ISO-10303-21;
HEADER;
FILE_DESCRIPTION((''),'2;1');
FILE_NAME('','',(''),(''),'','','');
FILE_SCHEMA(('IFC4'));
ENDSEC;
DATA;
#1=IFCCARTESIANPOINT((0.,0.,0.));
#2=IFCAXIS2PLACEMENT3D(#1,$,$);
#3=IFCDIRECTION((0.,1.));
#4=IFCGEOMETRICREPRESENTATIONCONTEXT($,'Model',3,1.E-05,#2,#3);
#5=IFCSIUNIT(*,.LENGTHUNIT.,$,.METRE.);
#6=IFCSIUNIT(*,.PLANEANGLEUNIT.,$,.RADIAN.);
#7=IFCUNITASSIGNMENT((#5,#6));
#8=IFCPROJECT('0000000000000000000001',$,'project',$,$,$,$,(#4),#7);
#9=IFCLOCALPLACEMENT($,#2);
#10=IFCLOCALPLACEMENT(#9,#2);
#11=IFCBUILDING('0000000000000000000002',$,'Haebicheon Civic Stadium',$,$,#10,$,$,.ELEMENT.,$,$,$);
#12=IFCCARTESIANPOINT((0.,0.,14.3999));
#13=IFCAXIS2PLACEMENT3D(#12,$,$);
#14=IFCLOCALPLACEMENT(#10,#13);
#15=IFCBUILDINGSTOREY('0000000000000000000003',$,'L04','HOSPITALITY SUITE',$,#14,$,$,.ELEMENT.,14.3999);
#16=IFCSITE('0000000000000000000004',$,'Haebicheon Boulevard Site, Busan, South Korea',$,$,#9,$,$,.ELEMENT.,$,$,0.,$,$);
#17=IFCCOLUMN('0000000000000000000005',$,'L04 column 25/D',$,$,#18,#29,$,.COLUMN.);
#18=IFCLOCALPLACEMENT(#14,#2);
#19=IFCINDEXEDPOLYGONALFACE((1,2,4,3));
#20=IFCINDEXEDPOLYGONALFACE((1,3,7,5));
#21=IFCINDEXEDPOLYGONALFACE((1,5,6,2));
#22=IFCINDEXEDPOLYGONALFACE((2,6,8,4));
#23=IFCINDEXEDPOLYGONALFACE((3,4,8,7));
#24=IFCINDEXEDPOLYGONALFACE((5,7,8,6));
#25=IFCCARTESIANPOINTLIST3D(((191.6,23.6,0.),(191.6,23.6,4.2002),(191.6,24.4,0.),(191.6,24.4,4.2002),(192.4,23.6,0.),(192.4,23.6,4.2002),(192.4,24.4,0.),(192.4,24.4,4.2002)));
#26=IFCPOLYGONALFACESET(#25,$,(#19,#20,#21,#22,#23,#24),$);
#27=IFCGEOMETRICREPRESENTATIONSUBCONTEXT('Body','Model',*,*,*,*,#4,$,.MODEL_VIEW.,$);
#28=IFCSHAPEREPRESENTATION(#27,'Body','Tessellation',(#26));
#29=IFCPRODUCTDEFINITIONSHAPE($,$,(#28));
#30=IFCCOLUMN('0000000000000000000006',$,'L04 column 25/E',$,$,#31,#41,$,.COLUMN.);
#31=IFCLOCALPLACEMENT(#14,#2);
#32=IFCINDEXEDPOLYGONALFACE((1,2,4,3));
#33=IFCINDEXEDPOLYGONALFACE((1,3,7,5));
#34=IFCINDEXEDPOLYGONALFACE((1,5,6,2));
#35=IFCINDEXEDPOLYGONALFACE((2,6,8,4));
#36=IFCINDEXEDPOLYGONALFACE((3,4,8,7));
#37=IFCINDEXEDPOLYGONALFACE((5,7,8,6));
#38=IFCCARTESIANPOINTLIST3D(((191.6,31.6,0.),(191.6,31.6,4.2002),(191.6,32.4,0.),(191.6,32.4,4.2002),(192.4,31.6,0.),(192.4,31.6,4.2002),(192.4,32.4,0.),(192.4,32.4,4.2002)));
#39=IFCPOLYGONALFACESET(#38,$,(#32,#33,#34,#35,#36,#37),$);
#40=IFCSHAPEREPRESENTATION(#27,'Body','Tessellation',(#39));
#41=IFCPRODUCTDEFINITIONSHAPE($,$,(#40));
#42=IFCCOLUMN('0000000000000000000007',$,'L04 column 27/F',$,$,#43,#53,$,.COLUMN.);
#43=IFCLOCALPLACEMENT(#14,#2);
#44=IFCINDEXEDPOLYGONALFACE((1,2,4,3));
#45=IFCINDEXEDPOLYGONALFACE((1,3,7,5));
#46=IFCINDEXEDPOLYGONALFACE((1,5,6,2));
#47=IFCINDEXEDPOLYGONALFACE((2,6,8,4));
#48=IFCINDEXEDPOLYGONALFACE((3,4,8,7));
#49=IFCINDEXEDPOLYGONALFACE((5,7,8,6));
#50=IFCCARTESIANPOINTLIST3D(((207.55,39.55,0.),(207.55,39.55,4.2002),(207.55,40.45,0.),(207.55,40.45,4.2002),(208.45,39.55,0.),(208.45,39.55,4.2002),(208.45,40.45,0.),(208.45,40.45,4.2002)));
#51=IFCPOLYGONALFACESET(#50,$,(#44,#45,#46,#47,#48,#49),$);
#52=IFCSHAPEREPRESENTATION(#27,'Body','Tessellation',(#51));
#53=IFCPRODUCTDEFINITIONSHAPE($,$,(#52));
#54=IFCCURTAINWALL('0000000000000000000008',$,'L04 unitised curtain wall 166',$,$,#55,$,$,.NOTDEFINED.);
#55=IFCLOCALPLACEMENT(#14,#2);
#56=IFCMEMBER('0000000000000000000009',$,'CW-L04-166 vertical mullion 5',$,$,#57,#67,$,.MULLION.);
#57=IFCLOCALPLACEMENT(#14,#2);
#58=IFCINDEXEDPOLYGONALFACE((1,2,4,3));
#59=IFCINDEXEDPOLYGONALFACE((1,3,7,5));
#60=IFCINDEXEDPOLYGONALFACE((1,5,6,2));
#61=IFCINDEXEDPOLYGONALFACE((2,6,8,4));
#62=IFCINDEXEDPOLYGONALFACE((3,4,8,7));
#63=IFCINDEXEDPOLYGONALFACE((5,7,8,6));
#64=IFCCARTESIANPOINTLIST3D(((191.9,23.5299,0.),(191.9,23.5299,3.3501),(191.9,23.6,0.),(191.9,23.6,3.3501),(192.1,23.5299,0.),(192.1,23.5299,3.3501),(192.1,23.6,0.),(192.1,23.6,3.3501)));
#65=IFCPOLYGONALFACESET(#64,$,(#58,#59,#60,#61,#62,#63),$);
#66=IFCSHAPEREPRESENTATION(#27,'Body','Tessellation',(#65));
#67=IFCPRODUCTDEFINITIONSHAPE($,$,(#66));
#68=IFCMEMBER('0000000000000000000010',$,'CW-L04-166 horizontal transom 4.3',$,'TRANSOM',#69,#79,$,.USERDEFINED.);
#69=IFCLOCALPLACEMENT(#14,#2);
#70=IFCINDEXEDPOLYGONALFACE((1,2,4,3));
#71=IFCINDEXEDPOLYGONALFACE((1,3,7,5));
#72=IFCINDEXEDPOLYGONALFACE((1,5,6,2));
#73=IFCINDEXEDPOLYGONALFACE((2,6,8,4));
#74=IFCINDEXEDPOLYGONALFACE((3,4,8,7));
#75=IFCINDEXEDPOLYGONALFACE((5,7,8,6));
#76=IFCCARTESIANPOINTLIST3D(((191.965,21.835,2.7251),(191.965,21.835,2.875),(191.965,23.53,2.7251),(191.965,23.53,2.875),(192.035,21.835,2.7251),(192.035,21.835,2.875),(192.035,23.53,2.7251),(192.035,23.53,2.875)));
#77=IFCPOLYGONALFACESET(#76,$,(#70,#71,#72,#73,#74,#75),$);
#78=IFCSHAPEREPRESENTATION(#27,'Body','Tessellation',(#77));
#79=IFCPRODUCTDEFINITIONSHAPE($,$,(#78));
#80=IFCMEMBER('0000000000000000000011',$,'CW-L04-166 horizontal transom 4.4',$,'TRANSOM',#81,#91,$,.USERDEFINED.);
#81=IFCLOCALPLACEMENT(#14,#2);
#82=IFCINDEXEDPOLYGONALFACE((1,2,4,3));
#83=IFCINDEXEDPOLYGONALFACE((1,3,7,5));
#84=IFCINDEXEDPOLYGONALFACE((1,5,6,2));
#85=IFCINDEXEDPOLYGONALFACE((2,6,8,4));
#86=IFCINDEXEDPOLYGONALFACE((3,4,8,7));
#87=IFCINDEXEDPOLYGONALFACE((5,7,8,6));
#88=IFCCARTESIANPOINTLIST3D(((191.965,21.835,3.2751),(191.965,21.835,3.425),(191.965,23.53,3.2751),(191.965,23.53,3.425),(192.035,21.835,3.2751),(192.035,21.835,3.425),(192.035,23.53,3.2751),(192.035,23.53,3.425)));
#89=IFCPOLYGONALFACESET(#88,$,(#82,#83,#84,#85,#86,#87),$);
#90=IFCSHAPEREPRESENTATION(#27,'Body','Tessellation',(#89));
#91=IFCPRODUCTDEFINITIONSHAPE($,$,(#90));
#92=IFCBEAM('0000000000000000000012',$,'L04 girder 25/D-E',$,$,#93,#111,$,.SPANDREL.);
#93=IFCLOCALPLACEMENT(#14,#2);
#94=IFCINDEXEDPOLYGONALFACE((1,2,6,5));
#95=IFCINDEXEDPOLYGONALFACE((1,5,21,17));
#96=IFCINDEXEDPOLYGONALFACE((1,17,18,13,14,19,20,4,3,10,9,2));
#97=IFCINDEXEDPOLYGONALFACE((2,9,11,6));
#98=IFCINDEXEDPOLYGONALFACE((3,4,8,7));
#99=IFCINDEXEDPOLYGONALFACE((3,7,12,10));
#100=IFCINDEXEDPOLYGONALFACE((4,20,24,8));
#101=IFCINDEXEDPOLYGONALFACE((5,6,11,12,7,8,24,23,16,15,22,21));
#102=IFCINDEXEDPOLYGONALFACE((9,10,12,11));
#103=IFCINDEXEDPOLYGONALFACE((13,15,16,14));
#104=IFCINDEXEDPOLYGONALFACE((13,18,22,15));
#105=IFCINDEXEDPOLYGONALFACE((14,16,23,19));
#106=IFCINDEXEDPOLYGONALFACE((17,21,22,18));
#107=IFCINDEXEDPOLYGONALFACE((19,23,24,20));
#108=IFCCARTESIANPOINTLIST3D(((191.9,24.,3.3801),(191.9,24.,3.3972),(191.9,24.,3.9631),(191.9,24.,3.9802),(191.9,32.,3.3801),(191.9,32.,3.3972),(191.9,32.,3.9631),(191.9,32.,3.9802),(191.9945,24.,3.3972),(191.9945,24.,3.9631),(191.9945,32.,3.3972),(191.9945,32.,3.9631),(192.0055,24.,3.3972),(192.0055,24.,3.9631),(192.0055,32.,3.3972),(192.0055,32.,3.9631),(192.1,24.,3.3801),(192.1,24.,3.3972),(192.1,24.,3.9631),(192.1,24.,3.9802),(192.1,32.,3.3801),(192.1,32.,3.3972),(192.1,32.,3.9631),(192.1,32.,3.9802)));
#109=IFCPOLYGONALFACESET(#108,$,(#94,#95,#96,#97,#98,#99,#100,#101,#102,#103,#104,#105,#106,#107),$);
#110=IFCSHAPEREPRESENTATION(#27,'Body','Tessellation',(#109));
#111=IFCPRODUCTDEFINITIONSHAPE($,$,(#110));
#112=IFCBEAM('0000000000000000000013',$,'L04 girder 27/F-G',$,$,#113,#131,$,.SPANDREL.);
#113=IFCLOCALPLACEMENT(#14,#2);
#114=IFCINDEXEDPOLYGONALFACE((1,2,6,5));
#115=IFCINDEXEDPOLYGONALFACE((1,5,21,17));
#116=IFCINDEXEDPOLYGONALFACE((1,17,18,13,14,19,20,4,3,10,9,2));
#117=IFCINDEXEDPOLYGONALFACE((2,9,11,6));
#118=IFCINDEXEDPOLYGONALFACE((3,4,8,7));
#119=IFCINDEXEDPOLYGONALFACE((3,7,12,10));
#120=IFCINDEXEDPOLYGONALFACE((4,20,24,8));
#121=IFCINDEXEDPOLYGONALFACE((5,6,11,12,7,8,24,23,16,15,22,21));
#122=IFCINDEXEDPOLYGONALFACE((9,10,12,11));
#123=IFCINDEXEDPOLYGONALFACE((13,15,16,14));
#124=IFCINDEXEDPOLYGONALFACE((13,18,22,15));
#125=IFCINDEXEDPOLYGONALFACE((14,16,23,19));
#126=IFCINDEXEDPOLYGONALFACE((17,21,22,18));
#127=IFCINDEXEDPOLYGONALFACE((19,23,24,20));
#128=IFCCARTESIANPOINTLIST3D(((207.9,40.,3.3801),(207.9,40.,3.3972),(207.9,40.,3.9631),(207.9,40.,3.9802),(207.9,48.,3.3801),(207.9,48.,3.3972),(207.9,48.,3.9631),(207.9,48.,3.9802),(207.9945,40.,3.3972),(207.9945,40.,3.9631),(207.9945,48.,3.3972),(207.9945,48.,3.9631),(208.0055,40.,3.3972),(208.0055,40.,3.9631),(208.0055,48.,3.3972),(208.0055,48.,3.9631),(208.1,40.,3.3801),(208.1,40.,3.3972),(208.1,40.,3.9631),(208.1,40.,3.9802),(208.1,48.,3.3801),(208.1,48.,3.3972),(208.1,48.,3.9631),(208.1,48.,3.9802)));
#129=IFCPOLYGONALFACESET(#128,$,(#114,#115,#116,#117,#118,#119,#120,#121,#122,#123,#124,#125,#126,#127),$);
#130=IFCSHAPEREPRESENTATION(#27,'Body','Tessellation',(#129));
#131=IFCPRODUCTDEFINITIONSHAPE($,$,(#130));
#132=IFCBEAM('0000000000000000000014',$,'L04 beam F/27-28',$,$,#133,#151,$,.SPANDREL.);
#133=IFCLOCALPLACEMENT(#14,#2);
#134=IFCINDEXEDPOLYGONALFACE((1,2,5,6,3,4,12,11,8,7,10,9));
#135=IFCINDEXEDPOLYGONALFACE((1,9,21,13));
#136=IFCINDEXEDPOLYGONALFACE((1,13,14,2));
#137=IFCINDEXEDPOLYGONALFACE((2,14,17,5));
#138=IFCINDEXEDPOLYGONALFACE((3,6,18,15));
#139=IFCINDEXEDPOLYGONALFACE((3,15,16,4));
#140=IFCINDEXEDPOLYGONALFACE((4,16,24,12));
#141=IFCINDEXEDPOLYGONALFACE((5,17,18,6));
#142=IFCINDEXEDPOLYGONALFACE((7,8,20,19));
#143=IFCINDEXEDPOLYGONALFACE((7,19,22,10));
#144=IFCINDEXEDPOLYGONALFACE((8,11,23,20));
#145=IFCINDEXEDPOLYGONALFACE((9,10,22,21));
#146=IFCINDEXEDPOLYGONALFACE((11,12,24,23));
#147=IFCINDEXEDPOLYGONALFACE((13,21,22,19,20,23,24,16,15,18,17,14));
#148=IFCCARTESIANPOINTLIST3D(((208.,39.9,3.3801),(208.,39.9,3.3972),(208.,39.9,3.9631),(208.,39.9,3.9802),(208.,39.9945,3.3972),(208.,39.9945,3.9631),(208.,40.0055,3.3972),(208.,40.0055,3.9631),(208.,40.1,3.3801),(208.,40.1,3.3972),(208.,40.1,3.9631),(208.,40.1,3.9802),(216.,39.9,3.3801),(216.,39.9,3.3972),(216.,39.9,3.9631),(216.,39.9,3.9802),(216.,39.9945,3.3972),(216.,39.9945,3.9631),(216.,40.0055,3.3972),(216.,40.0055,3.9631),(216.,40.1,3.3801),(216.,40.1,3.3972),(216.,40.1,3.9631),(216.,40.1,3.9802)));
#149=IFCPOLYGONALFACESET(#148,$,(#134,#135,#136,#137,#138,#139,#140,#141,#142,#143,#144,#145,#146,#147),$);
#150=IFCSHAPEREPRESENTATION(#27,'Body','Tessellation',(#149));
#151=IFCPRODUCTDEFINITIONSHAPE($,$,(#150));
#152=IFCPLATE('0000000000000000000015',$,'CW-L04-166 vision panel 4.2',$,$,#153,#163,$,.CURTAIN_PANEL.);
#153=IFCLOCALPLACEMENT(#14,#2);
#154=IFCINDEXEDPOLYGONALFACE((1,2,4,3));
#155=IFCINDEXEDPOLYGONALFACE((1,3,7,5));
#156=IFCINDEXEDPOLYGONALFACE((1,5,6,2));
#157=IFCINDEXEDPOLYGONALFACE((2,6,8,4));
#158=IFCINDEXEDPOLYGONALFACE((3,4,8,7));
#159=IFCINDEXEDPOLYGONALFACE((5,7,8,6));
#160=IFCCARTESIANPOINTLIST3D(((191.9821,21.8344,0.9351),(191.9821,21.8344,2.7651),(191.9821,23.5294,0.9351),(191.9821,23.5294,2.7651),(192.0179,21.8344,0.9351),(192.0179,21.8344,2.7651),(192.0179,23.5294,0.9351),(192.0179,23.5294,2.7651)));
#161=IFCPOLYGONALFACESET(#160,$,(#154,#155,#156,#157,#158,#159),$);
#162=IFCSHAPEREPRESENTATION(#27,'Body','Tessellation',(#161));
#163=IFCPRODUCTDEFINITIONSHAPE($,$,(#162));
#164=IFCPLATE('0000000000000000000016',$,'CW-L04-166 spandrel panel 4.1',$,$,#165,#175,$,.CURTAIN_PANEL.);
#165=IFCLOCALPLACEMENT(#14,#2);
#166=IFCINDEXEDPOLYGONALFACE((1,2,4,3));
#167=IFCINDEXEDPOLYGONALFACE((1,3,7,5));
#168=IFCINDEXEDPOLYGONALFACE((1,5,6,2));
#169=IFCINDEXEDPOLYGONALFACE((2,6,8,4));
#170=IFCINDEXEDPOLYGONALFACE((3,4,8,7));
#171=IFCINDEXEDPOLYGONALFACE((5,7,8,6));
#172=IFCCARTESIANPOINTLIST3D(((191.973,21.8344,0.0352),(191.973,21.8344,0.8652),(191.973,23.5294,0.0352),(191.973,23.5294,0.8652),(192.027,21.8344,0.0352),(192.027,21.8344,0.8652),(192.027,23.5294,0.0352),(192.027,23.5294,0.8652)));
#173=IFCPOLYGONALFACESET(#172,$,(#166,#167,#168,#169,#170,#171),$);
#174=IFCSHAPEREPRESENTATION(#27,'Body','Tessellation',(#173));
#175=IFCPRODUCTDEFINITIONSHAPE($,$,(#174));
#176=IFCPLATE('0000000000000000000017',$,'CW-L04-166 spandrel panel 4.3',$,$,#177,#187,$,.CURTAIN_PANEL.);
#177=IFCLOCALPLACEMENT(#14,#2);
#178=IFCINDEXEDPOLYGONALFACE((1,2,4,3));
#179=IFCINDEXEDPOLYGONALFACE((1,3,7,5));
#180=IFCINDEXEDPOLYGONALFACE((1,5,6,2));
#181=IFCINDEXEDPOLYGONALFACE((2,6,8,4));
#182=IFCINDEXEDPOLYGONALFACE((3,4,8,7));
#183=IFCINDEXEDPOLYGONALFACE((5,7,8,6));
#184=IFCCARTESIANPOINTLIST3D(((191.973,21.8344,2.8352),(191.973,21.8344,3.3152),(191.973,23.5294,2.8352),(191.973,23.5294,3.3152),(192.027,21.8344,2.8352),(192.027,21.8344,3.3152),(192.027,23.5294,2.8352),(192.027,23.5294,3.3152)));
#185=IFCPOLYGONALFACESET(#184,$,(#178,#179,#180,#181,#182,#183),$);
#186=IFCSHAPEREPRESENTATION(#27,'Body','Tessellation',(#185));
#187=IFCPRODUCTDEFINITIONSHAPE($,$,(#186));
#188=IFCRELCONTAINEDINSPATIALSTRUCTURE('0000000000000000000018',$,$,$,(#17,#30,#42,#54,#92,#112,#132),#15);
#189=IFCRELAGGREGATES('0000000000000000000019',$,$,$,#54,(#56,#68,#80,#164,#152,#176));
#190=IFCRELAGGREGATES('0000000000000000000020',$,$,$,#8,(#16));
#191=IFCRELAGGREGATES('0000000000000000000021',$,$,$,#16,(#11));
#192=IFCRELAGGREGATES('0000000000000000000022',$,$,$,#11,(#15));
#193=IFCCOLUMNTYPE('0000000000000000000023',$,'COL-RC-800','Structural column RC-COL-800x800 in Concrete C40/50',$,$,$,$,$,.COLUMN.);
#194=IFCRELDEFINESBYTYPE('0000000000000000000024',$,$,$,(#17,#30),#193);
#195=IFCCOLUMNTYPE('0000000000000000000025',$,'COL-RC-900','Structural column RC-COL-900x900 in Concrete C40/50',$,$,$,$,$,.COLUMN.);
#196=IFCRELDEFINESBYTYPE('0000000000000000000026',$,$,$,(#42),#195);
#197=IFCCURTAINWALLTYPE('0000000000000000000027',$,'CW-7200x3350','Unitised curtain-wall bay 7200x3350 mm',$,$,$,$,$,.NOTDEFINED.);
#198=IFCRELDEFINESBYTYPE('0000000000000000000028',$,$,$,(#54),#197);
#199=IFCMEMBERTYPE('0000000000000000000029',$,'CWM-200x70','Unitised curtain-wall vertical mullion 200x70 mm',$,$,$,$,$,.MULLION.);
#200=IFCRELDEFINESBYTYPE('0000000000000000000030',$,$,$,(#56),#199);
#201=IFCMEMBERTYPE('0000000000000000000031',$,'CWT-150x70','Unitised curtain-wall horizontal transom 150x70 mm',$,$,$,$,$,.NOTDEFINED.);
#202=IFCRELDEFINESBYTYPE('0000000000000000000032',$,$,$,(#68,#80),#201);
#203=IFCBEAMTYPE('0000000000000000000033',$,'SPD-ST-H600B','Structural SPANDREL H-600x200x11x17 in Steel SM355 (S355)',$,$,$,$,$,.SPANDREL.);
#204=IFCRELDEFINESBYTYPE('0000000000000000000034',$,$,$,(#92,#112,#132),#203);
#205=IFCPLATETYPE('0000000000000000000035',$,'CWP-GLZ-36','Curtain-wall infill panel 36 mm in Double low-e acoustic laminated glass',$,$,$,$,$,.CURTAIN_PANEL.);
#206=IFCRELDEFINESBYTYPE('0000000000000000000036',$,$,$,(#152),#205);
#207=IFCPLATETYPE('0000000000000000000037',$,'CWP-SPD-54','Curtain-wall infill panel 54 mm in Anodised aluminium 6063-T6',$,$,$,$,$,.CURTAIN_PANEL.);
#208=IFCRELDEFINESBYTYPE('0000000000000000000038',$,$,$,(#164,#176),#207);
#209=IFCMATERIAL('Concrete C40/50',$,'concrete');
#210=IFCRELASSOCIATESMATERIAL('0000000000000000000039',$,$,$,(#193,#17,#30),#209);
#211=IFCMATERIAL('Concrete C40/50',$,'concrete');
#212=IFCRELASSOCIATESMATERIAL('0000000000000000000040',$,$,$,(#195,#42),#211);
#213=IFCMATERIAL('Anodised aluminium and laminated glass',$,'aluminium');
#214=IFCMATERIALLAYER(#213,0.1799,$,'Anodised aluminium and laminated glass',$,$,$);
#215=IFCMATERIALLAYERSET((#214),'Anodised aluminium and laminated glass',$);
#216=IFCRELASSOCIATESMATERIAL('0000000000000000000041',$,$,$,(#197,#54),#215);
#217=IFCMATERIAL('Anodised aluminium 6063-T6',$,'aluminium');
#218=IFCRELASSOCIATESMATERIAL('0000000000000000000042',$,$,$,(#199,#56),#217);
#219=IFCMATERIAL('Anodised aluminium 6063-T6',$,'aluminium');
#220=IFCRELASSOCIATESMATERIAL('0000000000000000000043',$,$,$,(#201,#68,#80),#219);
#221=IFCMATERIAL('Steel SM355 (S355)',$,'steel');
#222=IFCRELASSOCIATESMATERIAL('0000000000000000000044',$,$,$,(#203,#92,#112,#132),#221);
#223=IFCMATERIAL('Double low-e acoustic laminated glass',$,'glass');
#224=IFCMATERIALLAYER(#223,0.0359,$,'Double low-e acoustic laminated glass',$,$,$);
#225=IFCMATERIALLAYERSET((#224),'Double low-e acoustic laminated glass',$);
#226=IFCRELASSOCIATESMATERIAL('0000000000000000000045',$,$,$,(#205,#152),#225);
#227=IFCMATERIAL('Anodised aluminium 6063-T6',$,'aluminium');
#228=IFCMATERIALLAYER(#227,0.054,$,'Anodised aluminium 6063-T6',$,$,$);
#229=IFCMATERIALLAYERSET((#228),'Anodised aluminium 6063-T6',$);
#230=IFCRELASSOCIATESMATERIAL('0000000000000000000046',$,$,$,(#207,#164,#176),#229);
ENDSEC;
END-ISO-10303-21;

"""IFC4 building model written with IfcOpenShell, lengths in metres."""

from ifc_helpers import new_model, si_unit, direction, frame, origin, origin_2d, place, context, subcontext, project, spatial, rectangle, i_section, extrude, material, layer, layer_set, material_profile, profile_set, type_object, element, aggregate, save


model = new_model("IFC4")

# Units and contexts
model_context = context("Model", 3, precision=1e-05, world=origin(), true_north=direction((0.0, 1.0)))
body_context = subcontext(model_context, "Body", "Model", "MODEL_VIEW")
ifc_project = project(units=[si_unit("LENGTHUNIT", "METRE"), si_unit("PLANEANGLEUNIT", "RADIAN")], contexts=[model_context])

# Site, building, storey
site_placement = place(None, origin())
site = spatial("IfcSite", under=ifc_project, at=site_placement, Name="Haebicheon Boulevard Site, Busan, South Korea", CompositionType="ELEMENT", RefElevation=0.0)
building_placement = place(site_placement, origin())
building = spatial("IfcBuilding", under=site, at=building_placement, Name="Haebicheon Civic Stadium", CompositionType="ELEMENT")
storey_placement = place(building_placement, frame((0.0, 0.0, 14.3999)))
storey = spatial("IfcBuildingStorey", under=building, at=storey_placement, Name="L04", Description="HOSPITALITY SUITE", CompositionType="ELEMENT", Elevation=14.3999)

# Columns
ifc_material_1 = material(Name="Concrete C40/50", Category="concrete")
ifc_material_profile_1 = material_profile(ifc_material_1, rectangle(XDim=0.8, YDim=0.8, at=origin_2d()), Name="RC-COL-800x800")
ifc_profile_set_1 = profile_set([ifc_material_profile_1], Name="Concrete C40/50")
column_type_1 = type_object("IfcColumnType", Name="COL-RC-800", Description="Structural column RC-COL-800x800 in Concrete C40/50", PredefinedType="COLUMN", material=ifc_profile_set_1)
for number, where, z_axis, x_axis, name in (
    (1, (192.0, 24.0, 0.0), (0.0, 0.0, 1.0), (1.0, 0.0, 0.0), "L04 column 25/D"),
    (2, (192.0, 32.0, 0.0), (0.0, 0.0, 1.0), (1.0, 0.0, 0.0), "L04 column 25/E"),
):
    element("IfcColumn", number, at=place(storey_placement, frame(where, z_axis=z_axis, x_axis=x_axis)), inside=storey, type_object=column_type_1, material=ifc_profile_set_1, Name=name, PredefinedType="COLUMN", context=body_context, shape_type="SweptSolid", body=[
        extrude(rectangle(XDim=0.8, YDim=0.8, at=origin_2d()), origin(), (0.0, 0.0, 1.0), 4.2002),
    ])
ifc_material_2 = material(Name="Concrete C40/50", Category="concrete")
ifc_material_profile_2 = material_profile(ifc_material_2, rectangle(XDim=0.8999, YDim=0.8999, at=origin_2d()), Name="RC-COL-900x900")
ifc_profile_set_2 = profile_set([ifc_material_profile_2], Name="Concrete C40/50")
column_type_2 = type_object("IfcColumnType", Name="COL-RC-900", Description="Structural column RC-COL-900x900 in Concrete C40/50", PredefinedType="COLUMN", material=ifc_profile_set_2)
column_placement = place(storey_placement, frame((208.0, 40.0, 0.0), z_axis=(0.0, 0.0, 1.0), x_axis=(1.0, 0.0, 0.0)))
element("IfcColumn", 3, at=column_placement, inside=storey, type_object=column_type_2, material=ifc_profile_set_2, Name="L04 column 27/F", PredefinedType="COLUMN", context=body_context, shape_type="SweptSolid", body=[
    extrude(rectangle(XDim=0.8999, YDim=0.8999, at=origin_2d()), origin(), (0.0, 0.0, 1.0), 4.2002),
])

# Curtain wall, members
ifc_material_3 = material(Name="Anodised aluminium and laminated glass", Category="aluminium")
ifc_layer_1 = layer(ifc_material_3, 0.1799, Name="Anodised aluminium and laminated glass")
ifc_layer_set_1 = layer_set([ifc_layer_1], Name="Anodised aluminium and laminated glass")
curtain_wall_type = type_object("IfcCurtainWallType", Name="CW-7200x3350", Description="Unitised curtain-wall bay 7200x3350 mm", PredefinedType="NOTDEFINED", material=ifc_layer_set_1)
curtain_wall_placement = place(storey_placement, origin())
curtain_wall = element("IfcCurtainWall", 4, at=curtain_wall_placement, inside=storey, type_object=curtain_wall_type, material=ifc_layer_set_1, Name="L04 unitised curtain wall 166", PredefinedType="NOTDEFINED")
ifc_material_4 = material(Name="Anodised aluminium 6063-T6", Category="aluminium")
ifc_material_profile_3 = material_profile(ifc_material_4, rectangle(XDim=0.0701, YDim=0.2, at=origin_2d()), Name="ALU-MULL-70x200")
ifc_profile_set_3 = profile_set([ifc_material_profile_3], Name="Anodised aluminium 6063-T6")
member_type_1 = type_object("IfcMemberType", Name="CWM-200x70", Description="Unitised curtain-wall vertical mullion 200x70 mm", PredefinedType="MULLION", material=ifc_profile_set_3)
member_1_placement = place(storey_placement, frame((192.0, 23.5649, 0.0), z_axis=(0.0, 0.0, 1.0), x_axis=(0.0, 1.0, 0.0)))
member_1 = element("IfcMember", 5, at=member_1_placement, type_object=member_type_1, material=ifc_profile_set_3, Name="CW-L04-166 vertical mullion 5", PredefinedType="MULLION", context=body_context, shape_type="SweptSolid", body=[
    extrude(rectangle(XDim=0.0701, YDim=0.2, at=origin_2d()), origin(), (0.0, 0.0, 1.0), 3.3501),
])
ifc_material_5 = material(Name="Anodised aluminium 6063-T6", Category="aluminium")
ifc_material_profile_4 = material_profile(ifc_material_5, rectangle(XDim=0.0701, YDim=0.1499, at=origin_2d()), Name="ALU-TRAN-70x150")
ifc_profile_set_4 = profile_set([ifc_material_profile_4], Name="Anodised aluminium 6063-T6")
member_type_2 = type_object("IfcMemberType", Name="CWT-150x70", Description="Unitised curtain-wall horizontal transom 150x70 mm", PredefinedType="NOTDEFINED", material=ifc_profile_set_4)
member_2_placement = place(storey_placement, frame((192.0, 21.835, 2.8), z_axis=(0.0, 1.0, 0.0), x_axis=(-1.0, 0.0, 0.0)))
member_2 = element("IfcMember", 6, at=member_2_placement, type_object=member_type_2, material=ifc_profile_set_4, Name="CW-L04-166 horizontal transom 4.3", ObjectType="TRANSOM", PredefinedType="USERDEFINED", context=body_context, shape_type="SweptSolid", body=[
    extrude(rectangle(XDim=0.0701, YDim=0.1499, at=origin_2d()), origin(), (0.0, 0.0, 1.0), 1.6951),
])
member_3_placement = place(storey_placement, frame((192.0, 21.835, 3.3501), z_axis=(0.0, 1.0, 0.0), x_axis=(-1.0, 0.0, 0.0)))
member_3 = element("IfcMember", 7, at=member_3_placement, type_object=member_type_2, material=ifc_profile_set_4, Name="CW-L04-166 horizontal transom 4.4", ObjectType="TRANSOM", PredefinedType="USERDEFINED", context=body_context, shape_type="SweptSolid", body=[
    extrude(rectangle(XDim=0.0701, YDim=0.1499, at=origin_2d()), origin(), (0.0, 0.0, 1.0), 1.6951),
])

# Beams
ifc_material_6 = material(Name="Steel SM355 (S355)", Category="steel")
ifc_material_profile_5 = material_profile(ifc_material_6, i_section(OverallWidth=0.2, OverallDepth=0.6001, WebThickness=0.011, FlangeThickness=0.0171, at=origin_2d()), Name="H-600x200x11x17")
ifc_profile_set_5 = profile_set([ifc_material_profile_5], Name="Steel SM355 (S355)")
beam_type = type_object("IfcBeamType", Name="SPD-ST-H600B", Description="Structural SPANDREL H-600x200x11x17 in Steel SM355 (S355)", PredefinedType="SPANDREL", material=ifc_profile_set_5)
for number, where, z_axis, x_axis, name in (
    (8, (192.0, 24.0, 3.6802), (0.0, 1.0, 0.0), (-1.0, 0.0, 0.0), "L04 girder 25/D-E"),
    (9, (208.0, 40.0, 3.6802), (0.0, 1.0, 0.0), (-1.0, 0.0, 0.0), "L04 girder 27/F-G"),
    (10, (208.0, 40.0, 3.6802), (1.0, 0.0, 0.0), (0.0, 1.0, 0.0), "L04 beam F/27-28"),
):
    element("IfcBeam", number, at=place(storey_placement, frame(where, z_axis=z_axis, x_axis=x_axis)), inside=storey, type_object=beam_type, material=ifc_profile_set_5, Name=name, PredefinedType="SPANDREL", context=body_context, shape_type="SweptSolid", body=[
        extrude(i_section(OverallWidth=0.2, OverallDepth=0.6001, WebThickness=0.011, FlangeThickness=0.0171, at=origin_2d()), origin(), (0.0, 0.0, 1.0), 8.0),
    ])

# Plates
ifc_material_7 = material(Name="Double low-e acoustic laminated glass", Category="glass")
ifc_layer_2 = layer(ifc_material_7, 0.0359, Name="Double low-e acoustic laminated glass")
ifc_layer_set_2 = layer_set([ifc_layer_2], Name="Double low-e acoustic laminated glass")
plate_type_1 = type_object("IfcPlateType", Name="CWP-GLZ-36", Description="Curtain-wall infill panel 36 mm in Double low-e acoustic laminated glass", PredefinedType="CURTAIN_PANEL", material=ifc_layer_set_2)
plate_1_placement = place(storey_placement, frame((192.0, 22.6819, 0.9351), z_axis=(0.0, 0.0, 1.0), x_axis=(0.0, 1.0, 0.0)))
plate_1 = element("IfcPlate", 11, at=plate_1_placement, type_object=plate_type_1, material=ifc_layer_set_2, Name="CW-L04-166 vision panel 4.2", PredefinedType="CURTAIN_PANEL", context=body_context, shape_type="SweptSolid", body=[
    extrude(rectangle(XDim=1.6951, YDim=0.0359, at=origin_2d()), origin(), (0.0, 0.0, 1.0), 1.8301),
])
ifc_material_8 = material(Name="Anodised aluminium 6063-T6", Category="aluminium")
ifc_layer_3 = layer(ifc_material_8, 0.054, Name="Anodised aluminium 6063-T6")
ifc_layer_set_3 = layer_set([ifc_layer_3], Name="Anodised aluminium 6063-T6")
plate_type_2 = type_object("IfcPlateType", Name="CWP-SPD-54", Description="Curtain-wall infill panel 54 mm in Anodised aluminium 6063-T6", PredefinedType="CURTAIN_PANEL", material=ifc_layer_set_3)
plate_2_placement = place(storey_placement, frame((192.0, 22.6819, 0.0352), z_axis=(0.0, 0.0, 1.0), x_axis=(0.0, 1.0, 0.0)))
plate_2 = element("IfcPlate", 12, at=plate_2_placement, type_object=plate_type_2, material=ifc_layer_set_3, Name="CW-L04-166 spandrel panel 4.1", PredefinedType="CURTAIN_PANEL", context=body_context, shape_type="SweptSolid", body=[
    extrude(rectangle(XDim=1.6951, YDim=0.054, at=origin_2d()), origin(), (0.0, 0.0, 1.0), 0.8301),
])
plate_3_placement = place(storey_placement, frame((192.0, 22.6819, 2.8352), z_axis=(0.0, 0.0, 1.0), x_axis=(0.0, 1.0, 0.0)))
plate_3 = element("IfcPlate", 13, at=plate_3_placement, type_object=plate_type_2, material=ifc_layer_set_3, Name="CW-L04-166 spandrel panel 4.3", PredefinedType="CURTAIN_PANEL", context=body_context, shape_type="SweptSolid", body=[
    extrude(rectangle(XDim=1.6951, YDim=0.054, at=origin_2d()), origin(), (0.0, 0.0, 1.0), 0.48),
])
aggregate(curtain_wall, [member_1, member_2, member_3, plate_2, plate_1, plate_3])

save(model, "model.ifc")
